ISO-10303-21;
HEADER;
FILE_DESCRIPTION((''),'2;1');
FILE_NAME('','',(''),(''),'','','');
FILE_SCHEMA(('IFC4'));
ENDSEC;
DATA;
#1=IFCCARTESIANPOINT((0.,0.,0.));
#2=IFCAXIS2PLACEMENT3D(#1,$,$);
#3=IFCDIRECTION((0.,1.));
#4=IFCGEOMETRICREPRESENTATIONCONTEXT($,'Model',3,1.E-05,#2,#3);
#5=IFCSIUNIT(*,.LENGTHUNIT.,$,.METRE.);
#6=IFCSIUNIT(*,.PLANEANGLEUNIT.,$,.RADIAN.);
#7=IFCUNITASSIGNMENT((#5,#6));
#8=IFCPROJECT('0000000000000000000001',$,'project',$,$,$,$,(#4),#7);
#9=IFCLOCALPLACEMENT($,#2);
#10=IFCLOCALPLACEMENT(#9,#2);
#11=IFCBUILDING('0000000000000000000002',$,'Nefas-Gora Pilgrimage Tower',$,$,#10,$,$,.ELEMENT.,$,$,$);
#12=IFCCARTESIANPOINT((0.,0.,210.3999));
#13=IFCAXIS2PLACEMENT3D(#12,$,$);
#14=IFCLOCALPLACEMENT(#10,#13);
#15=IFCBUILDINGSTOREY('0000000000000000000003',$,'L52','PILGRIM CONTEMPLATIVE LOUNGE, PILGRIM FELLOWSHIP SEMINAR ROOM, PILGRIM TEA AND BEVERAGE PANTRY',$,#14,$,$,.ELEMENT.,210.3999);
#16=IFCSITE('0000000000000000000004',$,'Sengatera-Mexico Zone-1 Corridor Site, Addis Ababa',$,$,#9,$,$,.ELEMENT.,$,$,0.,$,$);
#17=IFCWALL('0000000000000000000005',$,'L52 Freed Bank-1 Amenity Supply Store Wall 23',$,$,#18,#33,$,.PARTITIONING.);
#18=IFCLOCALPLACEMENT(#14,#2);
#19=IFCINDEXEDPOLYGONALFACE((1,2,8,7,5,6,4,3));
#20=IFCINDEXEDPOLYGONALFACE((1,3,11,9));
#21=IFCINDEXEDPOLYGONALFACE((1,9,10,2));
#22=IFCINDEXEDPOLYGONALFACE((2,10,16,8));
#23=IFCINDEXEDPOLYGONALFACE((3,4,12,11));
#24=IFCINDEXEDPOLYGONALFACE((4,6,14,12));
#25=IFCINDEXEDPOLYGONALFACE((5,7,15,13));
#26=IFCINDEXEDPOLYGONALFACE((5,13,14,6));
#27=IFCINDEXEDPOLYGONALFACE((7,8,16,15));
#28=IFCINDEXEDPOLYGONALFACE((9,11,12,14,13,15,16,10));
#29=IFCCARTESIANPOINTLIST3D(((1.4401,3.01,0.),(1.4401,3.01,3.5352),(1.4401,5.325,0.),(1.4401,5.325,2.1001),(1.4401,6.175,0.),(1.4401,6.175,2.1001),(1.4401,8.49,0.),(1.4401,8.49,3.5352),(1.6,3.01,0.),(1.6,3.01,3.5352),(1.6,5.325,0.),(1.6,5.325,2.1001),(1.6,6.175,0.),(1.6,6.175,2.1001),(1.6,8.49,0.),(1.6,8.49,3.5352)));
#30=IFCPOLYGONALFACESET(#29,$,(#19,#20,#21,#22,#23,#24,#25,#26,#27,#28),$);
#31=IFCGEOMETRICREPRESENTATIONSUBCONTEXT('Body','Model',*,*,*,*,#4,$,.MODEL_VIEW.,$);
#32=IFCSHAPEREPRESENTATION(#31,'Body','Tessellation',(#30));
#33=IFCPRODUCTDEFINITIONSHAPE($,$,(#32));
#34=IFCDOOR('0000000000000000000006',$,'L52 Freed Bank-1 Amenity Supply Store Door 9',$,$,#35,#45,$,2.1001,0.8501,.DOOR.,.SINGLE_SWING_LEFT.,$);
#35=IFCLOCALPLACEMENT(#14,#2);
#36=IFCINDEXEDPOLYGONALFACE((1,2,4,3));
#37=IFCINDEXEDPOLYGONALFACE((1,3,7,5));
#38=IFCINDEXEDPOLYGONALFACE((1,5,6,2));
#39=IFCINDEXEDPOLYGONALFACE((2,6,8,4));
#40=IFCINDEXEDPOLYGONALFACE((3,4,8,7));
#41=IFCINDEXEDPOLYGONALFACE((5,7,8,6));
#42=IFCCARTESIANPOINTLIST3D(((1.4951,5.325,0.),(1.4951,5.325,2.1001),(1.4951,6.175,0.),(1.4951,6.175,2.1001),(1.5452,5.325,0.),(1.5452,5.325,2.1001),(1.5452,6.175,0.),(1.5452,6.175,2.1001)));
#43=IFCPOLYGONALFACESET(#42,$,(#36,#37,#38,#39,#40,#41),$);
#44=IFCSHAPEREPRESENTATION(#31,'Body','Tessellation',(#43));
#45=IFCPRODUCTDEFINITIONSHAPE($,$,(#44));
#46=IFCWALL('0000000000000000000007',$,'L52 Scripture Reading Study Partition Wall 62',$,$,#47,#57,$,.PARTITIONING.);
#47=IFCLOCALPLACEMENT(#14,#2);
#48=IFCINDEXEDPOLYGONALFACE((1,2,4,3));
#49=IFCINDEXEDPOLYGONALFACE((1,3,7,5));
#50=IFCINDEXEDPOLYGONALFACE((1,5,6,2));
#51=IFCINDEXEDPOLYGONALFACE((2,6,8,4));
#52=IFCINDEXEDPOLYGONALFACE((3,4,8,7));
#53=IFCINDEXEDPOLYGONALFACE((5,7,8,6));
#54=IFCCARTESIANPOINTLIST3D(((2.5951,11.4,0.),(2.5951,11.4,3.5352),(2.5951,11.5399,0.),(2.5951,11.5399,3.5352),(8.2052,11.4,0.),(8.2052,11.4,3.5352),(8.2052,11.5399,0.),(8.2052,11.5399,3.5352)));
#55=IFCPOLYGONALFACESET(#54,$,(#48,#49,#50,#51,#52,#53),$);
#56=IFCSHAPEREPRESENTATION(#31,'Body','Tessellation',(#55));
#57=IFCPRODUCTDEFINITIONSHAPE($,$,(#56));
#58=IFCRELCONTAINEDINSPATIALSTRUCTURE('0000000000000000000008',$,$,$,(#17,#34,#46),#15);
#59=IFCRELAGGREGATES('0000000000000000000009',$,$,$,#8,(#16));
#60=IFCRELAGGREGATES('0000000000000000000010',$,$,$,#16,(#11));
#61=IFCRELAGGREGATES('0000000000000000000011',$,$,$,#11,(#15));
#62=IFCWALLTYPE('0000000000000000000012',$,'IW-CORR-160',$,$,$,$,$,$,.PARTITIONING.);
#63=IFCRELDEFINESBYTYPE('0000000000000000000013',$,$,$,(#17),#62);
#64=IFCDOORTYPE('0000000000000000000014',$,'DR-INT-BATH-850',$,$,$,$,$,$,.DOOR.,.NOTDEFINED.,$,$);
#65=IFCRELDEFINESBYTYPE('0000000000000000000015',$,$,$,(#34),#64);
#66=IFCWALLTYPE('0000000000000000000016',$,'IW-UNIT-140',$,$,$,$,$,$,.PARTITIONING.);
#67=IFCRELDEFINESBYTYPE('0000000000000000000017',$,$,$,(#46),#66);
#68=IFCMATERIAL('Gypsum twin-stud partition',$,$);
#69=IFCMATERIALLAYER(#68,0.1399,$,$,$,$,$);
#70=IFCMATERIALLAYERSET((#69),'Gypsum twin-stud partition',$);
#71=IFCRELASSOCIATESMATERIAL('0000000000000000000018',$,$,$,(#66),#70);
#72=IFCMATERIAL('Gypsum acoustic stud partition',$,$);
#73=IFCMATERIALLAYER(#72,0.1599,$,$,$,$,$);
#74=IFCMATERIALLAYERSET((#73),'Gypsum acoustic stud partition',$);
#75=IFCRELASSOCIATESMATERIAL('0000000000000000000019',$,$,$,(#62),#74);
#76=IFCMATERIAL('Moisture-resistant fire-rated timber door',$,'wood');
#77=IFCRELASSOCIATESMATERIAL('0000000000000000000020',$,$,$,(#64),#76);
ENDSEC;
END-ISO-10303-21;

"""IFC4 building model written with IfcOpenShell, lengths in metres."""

from ifc_helpers import new_model, si_unit, direction, frame, frame_2d, origin, place, context, subcontext, project, spatial, rectangle, extrude, source, transform, mapped, material, layer, layer_set, type_object, element, fill, save


model = new_model("IFC4")

# Units and contexts
model_context = context("Model", 3, precision=1e-05, world=origin(), true_north=direction((0.0, 1.0)))
body_context = subcontext(model_context, "Body", "Model", "MODEL_VIEW")
ifc_project = project(units=[si_unit("LENGTHUNIT", "METRE"), si_unit("PLANEANGLEUNIT", "RADIAN")], contexts=[model_context])

# Site, building, storey
site_placement = place(None, origin())
site = spatial("IfcSite", under=ifc_project, at=site_placement, Name="Sengatera-Mexico Zone-1 Corridor Site, Addis Ababa", CompositionType="ELEMENT", RefElevation=0.0)
building_placement = place(site_placement, origin())
building = spatial("IfcBuilding", under=site, at=building_placement, Name="Nefas-Gora Pilgrimage Tower", CompositionType="ELEMENT")
storey_placement = place(building_placement, frame((0.0, 0.0, 210.3999)))
storey = spatial("IfcBuildingStorey", under=building, at=storey_placement, Name="L52", Description="PILGRIM CONTEMPLATIVE LOUNGE, PILGRIM FELLOWSHIP SEMINAR ROOM, PILGRIM TEA AND BEVERAGE PANTRY", CompositionType="ELEMENT", Elevation=210.3999)

# Shared definitions
ifc_material_1 = material(Name="Gypsum twin-stud partition")
ifc_layer_1 = layer(ifc_material_1, 0.1399)
ifc_layer_set_1 = layer_set([ifc_layer_1], Name="Gypsum twin-stud partition")
wall_type_1 = type_object("IfcWallType", Name="IW-UNIT-140", PredefinedType="PARTITIONING", material=ifc_layer_set_1)

# Shared definitions
ifc_material_2 = material(Name="Gypsum acoustic stud partition")
ifc_layer_2 = layer(ifc_material_2, 0.1599)
ifc_layer_set_2 = layer_set([ifc_layer_2], Name="Gypsum acoustic stud partition")
wall_type_2 = type_object("IfcWallType", Name="IW-CORR-160", PredefinedType="PARTITIONING", material=ifc_layer_set_2)

# Wall, opening, door
shared_shape_1 = source(origin(), body_context, "Body", "SweptSolid", [
    extrude(rectangle(XDim=5.48, YDim=0.1599, at=frame_2d((2.74, 0.0))), origin(), (0.0, 0.0, 1.0), 3.5352),
])
wall_1_placement = place(storey_placement, frame((1.52, 3.01, 0.0), z_axis=(0.0, 0.0, 1.0), x_axis=(0.0, 1.0, 0.0)))
wall_1 = element("IfcWall", 1, at=wall_1_placement, inside=storey, type_object=wall_type_2, Name="L52 Freed Bank-1 Amenity Supply Store Wall 23", PredefinedType="PARTITIONING", context=body_context, shape_type="MappedRepresentation", body=[
    mapped(shared_shape_1, transform((0.0, 0.0, 0.0), x_axis=(1.0, 0.0, 0.0), y_axis=(0.0, 1.0, 0.0), z_axis=(0.0, 0.0, 1.0), scale=1.0)),
])
opening_1_placement = place(wall_1_placement, frame((2.3149, 0.0, 0.0)))
opening_1 = element("IfcOpeningElement", 2, at=opening_1_placement, cuts=wall_1, PredefinedType="OPENING", context=body_context, shape_type="SweptSolid", body=[
    extrude(rectangle(XDim=0.8501, YDim=2.1001, at=frame_2d((0.425, 1.05))), frame((0.0, 0.0898, 0.0), z_axis=(0.0, -1.0, 0.0), x_axis=(1.0, 0.0, 0.0)), (0.0, 0.0, 1.0), 0.1799),
])
ifc_material_3 = material(Name="Moisture-resistant fire-rated timber door", Category="wood")
door_type_1 = type_object("IfcDoorType", Name="DR-INT-BATH-850", OperationType="NOTDEFINED", PredefinedType="DOOR", material=ifc_material_3)
shared_shape_2 = source(origin(), body_context, "Body", "SweptSolid", [
    extrude(rectangle(XDim=0.8501, YDim=2.1001, at=frame_2d((0.425, 1.05))), frame((0.0, 0.0249, 0.0), z_axis=(0.0, -1.0, 0.0), x_axis=(1.0, 0.0, 0.0)), (0.0, 0.0, 1.0), 0.05),
])
door_1_placement = place(opening_1_placement, origin())
door_1 = element("IfcDoor", 3, at=door_1_placement, inside=storey, type_object=door_type_1, Name="L52 Freed Bank-1 Amenity Supply Store Door 9", OperationType="SINGLE_SWING_LEFT", OverallHeight=2.1001, OverallWidth=0.8501, PredefinedType="DOOR", context=body_context, shape_type="MappedRepresentation", body=[
    mapped(shared_shape_2, transform((0.0, 0.0, 0.0), x_axis=(1.0, 0.0, 0.0), y_axis=(0.0, 1.0, 0.0), z_axis=(0.0, 0.0, 1.0), scale=1.0)),
])
fill(opening_1, door_1)

# Wall
shared_shape_3 = source(origin(), body_context, "Body", "SweptSolid", [
    extrude(rectangle(XDim=5.6101, YDim=0.1399, at=frame_2d((2.8052, 0.0))), origin(), (0.0, 0.0, 1.0), 3.5352),
])
wall_2_placement = place(storey_placement, frame((2.595, 11.47, 0.0), z_axis=(0.0, 0.0, 1.0), x_axis=(1.0, 0.0, 0.0)))
element("IfcWall", 4, at=wall_2_placement, inside=storey, type_object=wall_type_1, Name="L52 Scripture Reading Study Partition Wall 62", PredefinedType="PARTITIONING", context=body_context, shape_type="MappedRepresentation", body=[
    mapped(shared_shape_3, transform((0.0, 0.0, 0.0), x_axis=(1.0, 0.0, 0.0), y_axis=(0.0, 1.0, 0.0), z_axis=(0.0, 0.0, 1.0), scale=1.0)),
])

save(model, "model.ifc")
